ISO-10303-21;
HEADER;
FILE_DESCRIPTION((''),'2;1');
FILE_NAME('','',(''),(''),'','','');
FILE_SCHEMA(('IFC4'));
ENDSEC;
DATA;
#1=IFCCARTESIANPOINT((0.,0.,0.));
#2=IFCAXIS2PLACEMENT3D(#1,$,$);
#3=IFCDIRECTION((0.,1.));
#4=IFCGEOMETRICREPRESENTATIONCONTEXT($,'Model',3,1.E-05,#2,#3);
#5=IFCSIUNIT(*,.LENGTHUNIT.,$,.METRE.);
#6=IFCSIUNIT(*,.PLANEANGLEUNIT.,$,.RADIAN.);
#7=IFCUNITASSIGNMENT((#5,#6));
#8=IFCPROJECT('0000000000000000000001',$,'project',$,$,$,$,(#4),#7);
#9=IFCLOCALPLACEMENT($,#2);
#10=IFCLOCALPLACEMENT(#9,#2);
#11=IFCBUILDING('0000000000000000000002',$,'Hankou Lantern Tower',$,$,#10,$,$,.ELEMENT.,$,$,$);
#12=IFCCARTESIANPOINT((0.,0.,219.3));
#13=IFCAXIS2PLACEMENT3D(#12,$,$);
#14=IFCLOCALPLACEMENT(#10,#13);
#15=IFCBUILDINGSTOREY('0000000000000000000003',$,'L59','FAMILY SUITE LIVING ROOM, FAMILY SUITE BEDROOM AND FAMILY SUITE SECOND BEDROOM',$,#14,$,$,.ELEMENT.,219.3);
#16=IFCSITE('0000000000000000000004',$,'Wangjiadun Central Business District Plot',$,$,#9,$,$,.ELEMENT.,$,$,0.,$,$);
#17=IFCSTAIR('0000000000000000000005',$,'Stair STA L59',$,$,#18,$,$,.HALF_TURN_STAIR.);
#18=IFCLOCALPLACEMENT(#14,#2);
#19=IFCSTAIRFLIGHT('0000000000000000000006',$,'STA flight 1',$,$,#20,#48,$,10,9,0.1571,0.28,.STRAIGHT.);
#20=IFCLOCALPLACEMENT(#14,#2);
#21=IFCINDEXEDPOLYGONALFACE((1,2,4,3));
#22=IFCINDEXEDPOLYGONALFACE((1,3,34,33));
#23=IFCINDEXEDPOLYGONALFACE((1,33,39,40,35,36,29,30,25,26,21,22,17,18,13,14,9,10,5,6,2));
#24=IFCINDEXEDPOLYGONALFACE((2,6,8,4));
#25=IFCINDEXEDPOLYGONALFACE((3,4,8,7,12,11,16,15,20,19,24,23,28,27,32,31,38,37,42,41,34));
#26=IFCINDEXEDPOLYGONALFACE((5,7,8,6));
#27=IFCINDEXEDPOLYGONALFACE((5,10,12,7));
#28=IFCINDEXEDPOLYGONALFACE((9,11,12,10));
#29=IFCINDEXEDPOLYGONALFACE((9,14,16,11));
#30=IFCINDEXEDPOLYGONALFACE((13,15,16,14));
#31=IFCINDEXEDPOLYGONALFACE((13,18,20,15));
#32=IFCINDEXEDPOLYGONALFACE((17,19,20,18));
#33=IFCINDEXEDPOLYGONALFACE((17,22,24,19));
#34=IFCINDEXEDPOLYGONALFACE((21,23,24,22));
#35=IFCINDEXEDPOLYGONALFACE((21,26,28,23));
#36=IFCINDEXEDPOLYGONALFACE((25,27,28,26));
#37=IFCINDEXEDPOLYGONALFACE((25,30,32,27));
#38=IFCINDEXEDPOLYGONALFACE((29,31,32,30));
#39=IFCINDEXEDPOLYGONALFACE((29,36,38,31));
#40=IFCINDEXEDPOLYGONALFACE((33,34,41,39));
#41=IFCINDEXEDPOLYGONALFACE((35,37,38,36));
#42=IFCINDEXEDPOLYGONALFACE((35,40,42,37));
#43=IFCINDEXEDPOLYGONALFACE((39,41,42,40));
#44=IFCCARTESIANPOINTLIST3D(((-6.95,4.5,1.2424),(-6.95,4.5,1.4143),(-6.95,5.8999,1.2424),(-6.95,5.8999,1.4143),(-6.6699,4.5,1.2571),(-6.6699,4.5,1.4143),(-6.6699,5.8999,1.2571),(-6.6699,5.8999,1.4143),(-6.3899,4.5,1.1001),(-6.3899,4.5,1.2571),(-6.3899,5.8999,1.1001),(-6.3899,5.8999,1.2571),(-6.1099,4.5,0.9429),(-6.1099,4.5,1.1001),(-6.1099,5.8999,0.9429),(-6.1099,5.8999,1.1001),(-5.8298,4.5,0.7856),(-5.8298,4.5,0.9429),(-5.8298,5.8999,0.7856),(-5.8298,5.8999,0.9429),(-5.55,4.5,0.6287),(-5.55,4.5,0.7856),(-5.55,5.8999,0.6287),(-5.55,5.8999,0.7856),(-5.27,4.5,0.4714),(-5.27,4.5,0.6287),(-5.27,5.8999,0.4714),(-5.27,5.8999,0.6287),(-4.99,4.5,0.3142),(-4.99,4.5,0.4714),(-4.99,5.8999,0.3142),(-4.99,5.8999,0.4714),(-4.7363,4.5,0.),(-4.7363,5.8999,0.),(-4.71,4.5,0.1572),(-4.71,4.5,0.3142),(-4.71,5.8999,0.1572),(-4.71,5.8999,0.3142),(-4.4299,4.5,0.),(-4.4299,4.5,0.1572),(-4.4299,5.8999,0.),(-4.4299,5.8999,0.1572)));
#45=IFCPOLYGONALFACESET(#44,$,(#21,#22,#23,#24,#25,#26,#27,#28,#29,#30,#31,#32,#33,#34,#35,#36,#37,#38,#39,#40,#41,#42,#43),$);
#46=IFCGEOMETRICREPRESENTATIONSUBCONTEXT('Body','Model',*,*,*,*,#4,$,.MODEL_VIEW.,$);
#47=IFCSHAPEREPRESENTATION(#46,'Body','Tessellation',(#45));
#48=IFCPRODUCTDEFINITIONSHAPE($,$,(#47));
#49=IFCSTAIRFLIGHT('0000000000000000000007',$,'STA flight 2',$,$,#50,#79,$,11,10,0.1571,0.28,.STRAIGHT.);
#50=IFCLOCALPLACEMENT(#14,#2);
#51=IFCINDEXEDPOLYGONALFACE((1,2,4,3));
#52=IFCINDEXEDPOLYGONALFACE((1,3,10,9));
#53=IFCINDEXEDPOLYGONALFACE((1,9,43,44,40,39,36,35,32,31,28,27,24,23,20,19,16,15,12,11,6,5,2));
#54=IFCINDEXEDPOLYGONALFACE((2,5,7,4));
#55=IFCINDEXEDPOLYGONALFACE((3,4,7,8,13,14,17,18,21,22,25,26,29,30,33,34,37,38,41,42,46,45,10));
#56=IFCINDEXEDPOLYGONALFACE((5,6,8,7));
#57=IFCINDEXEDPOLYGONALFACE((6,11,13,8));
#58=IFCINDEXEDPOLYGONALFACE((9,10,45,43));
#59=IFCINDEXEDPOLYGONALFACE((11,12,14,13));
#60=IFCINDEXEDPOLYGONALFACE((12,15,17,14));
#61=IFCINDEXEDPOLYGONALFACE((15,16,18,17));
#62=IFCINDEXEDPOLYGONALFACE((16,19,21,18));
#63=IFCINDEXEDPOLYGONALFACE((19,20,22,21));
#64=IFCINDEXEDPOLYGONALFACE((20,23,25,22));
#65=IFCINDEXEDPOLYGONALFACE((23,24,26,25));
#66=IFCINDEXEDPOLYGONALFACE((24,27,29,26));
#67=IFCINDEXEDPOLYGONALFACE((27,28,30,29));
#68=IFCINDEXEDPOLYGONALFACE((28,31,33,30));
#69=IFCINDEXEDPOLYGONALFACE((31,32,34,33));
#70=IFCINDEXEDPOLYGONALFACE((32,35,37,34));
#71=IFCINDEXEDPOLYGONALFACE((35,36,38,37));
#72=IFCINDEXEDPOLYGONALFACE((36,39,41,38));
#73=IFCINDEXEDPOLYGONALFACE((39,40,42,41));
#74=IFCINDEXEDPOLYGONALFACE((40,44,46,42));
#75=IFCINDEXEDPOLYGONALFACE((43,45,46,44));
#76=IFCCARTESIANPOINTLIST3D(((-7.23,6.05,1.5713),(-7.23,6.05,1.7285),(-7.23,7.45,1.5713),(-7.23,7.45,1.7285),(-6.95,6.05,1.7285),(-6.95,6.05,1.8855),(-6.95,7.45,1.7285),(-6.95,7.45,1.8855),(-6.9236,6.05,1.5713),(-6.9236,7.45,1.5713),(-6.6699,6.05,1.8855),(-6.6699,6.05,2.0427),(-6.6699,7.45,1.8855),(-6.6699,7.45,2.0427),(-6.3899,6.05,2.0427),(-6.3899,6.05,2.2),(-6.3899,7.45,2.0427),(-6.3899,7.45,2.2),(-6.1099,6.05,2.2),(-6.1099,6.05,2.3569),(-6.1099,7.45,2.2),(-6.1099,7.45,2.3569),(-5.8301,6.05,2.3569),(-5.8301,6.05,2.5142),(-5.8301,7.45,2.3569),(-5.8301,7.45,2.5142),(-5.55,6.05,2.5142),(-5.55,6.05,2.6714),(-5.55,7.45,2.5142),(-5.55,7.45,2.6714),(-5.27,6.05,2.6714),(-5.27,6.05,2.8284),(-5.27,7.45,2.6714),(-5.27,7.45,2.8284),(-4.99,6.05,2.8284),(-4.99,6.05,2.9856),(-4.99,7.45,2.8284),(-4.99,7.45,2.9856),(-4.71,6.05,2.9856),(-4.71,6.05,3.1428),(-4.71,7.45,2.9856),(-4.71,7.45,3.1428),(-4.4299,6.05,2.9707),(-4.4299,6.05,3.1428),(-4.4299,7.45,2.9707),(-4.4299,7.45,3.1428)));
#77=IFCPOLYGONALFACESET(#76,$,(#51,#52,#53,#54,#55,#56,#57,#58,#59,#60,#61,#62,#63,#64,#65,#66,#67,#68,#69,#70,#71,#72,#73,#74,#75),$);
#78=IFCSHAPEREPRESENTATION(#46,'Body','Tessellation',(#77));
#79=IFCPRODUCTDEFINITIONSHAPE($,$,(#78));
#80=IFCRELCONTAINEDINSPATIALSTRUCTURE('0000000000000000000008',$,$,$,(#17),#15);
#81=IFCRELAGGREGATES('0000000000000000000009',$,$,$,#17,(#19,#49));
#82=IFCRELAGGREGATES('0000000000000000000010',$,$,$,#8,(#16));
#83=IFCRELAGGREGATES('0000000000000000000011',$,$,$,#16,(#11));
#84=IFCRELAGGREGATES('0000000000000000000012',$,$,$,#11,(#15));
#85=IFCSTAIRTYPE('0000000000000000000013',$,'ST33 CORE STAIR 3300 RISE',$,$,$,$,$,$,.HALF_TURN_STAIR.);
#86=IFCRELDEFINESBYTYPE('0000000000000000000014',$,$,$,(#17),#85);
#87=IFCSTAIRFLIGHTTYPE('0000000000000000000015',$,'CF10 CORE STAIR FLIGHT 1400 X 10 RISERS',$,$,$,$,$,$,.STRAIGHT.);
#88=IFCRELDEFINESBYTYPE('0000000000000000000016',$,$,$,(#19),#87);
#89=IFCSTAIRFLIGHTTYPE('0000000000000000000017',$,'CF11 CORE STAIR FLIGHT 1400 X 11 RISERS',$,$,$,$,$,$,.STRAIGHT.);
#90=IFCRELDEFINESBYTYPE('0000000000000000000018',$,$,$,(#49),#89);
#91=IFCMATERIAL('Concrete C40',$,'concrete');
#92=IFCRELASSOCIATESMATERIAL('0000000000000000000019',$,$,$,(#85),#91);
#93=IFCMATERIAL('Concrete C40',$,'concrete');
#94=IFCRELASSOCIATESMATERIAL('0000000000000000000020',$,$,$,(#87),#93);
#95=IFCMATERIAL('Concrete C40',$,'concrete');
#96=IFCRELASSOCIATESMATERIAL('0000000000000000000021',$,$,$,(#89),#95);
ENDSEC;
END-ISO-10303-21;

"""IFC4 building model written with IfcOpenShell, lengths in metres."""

from ifc_helpers import new_model, si_unit, direction, frame, origin, place, context, subcontext, project, spatial, polyline, outline, extrude, material, type_object, element, aggregate, save


model = new_model("IFC4")

# Units and contexts
model_context = context("Model", 3, precision=1e-05, world=origin(), true_north=direction((0.0, 1.0)))
body_context = subcontext(model_context, "Body", "Model", "MODEL_VIEW")
ifc_project = project(units=[si_unit("LENGTHUNIT", "METRE"), si_unit("PLANEANGLEUNIT", "RADIAN")], contexts=[model_context])

# Site, building, storey
site_placement = place(None, origin())
site = spatial("IfcSite", under=ifc_project, at=site_placement, Name="Wangjiadun Central Business District Plot", CompositionType="ELEMENT", RefElevation=0.0)
building_placement = place(site_placement, origin())
building = spatial("IfcBuilding", under=site, at=building_placement, Name="Hankou Lantern Tower", CompositionType="ELEMENT")
storey_placement = place(building_placement, frame((0.0, 0.0, 219.3)))
storey = spatial("IfcBuildingStorey", under=building, at=storey_placement, Name="L59", Description="FAMILY SUITE LIVING ROOM, FAMILY SUITE BEDROOM AND FAMILY SUITE SECOND BEDROOM", CompositionType="ELEMENT", Elevation=219.3)

# Stair, stair flights
ifc_material_1 = material(Name="Concrete C40", Category="concrete")
stair_type = type_object("IfcStairType", Name="ST33 CORE STAIR 3300 RISE", PredefinedType="HALF_TURN_STAIR", material=ifc_material_1)
stair_placement = place(storey_placement, origin())
stair = element("IfcStair", 1, at=stair_placement, inside=storey, type_object=stair_type, Name="Stair STA L59", PredefinedType="HALF_TURN_STAIR")
ifc_material_2 = material(Name="Concrete C40", Category="concrete")
stair_flight_type_1 = type_object("IfcStairFlightType", Name="CF10 CORE STAIR FLIGHT 1400 X 10 RISERS", PredefinedType="STRAIGHT", material=ifc_material_2)
stair_flight_1_placement = place(storey_placement, frame((-4.4299, 5.2, 0.0), z_axis=(0.0, 0.0, 1.0), x_axis=(-1.0, 0.0, 0.0)))
stair_flight_1 = element("IfcStairFlight", 2, at=stair_flight_1_placement, type_object=stair_flight_type_1, Name="STA flight 1", NumberOfRisers=10, NumberOfTreads=9, PredefinedType="STRAIGHT", RiserHeight=0.1571, TreadLength=0.28, context=body_context, shape_type="SweptSolid", body=[
    extrude(outline(polyline([(0.0, 0.0), (0.0, 0.1572), (0.28, 0.1572), (0.28, 0.3142), (0.5601, 0.3142), (0.5601, 0.4714), (0.8401, 0.4714), (0.8401, 0.6287), (1.1201, 0.6287), (1.1201, 0.7856), (1.3999, 0.7856), (1.3999, 0.9429), (1.6799, 0.9429), (1.6799, 1.1001), (1.96, 1.1001), (1.96, 1.2571), (2.24, 1.2571), (2.24, 1.4143), (2.52, 1.4143), (2.52, 1.5715), (2.52, 1.2424), (0.3064, 0.0), (0.0, 0.0)])), frame((0.0, 0.7, 0.0), z_axis=(0.0, -1.0, 0.0), x_axis=(1.0, 0.0, 0.0)), (0.0, 0.0, 1.0), 1.3999),
])
ifc_material_3 = material(Name="Concrete C40", Category="concrete")
stair_flight_type_2 = type_object("IfcStairFlightType", Name="CF11 CORE STAIR FLIGHT 1400 X 11 RISERS", PredefinedType="STRAIGHT", material=ifc_material_3)
stair_flight_2_placement = place(storey_placement, frame((-7.23, 6.75, 1.5713), z_axis=(0.0, 0.0, 1.0), x_axis=(1.0, 0.0, 0.0)))
stair_flight_2 = element("IfcStairFlight", 3, at=stair_flight_2_placement, type_object=stair_flight_type_2, Name="STA flight 2", NumberOfRisers=11, NumberOfTreads=10, PredefinedType="STRAIGHT", RiserHeight=0.1571, TreadLength=0.28, context=body_context, shape_type="SweptSolid", body=[
    extrude(outline(polyline([(0.0, 0.0), (0.0, 0.1572), (0.28, 0.1572), (0.28, 0.3142), (0.5601, 0.3142), (0.5601, 0.4714), (0.8401, 0.4714), (0.8401, 0.6287), (1.1201, 0.6287), (1.1201, 0.7856), (1.3999, 0.7856), (1.3999, 0.9429), (1.6799, 0.9429), (1.6799, 1.1001), (1.96, 1.1001), (1.96, 1.2571), (2.24, 1.2571), (2.24, 1.4143), (2.52, 1.4143), (2.52, 1.5715), (2.8, 1.5715), (2.8, 1.7285), (2.8, 1.3994), (0.3064, 0.0), (0.0, 0.0)])), frame((0.0, 0.7, 0.0), z_axis=(0.0, -1.0, 0.0), x_axis=(1.0, 0.0, 0.0)), (0.0, 0.0, 1.0), 1.3999),
])
aggregate(stair, [stair_flight_1, stair_flight_2])

save(model, "model.ifc")
